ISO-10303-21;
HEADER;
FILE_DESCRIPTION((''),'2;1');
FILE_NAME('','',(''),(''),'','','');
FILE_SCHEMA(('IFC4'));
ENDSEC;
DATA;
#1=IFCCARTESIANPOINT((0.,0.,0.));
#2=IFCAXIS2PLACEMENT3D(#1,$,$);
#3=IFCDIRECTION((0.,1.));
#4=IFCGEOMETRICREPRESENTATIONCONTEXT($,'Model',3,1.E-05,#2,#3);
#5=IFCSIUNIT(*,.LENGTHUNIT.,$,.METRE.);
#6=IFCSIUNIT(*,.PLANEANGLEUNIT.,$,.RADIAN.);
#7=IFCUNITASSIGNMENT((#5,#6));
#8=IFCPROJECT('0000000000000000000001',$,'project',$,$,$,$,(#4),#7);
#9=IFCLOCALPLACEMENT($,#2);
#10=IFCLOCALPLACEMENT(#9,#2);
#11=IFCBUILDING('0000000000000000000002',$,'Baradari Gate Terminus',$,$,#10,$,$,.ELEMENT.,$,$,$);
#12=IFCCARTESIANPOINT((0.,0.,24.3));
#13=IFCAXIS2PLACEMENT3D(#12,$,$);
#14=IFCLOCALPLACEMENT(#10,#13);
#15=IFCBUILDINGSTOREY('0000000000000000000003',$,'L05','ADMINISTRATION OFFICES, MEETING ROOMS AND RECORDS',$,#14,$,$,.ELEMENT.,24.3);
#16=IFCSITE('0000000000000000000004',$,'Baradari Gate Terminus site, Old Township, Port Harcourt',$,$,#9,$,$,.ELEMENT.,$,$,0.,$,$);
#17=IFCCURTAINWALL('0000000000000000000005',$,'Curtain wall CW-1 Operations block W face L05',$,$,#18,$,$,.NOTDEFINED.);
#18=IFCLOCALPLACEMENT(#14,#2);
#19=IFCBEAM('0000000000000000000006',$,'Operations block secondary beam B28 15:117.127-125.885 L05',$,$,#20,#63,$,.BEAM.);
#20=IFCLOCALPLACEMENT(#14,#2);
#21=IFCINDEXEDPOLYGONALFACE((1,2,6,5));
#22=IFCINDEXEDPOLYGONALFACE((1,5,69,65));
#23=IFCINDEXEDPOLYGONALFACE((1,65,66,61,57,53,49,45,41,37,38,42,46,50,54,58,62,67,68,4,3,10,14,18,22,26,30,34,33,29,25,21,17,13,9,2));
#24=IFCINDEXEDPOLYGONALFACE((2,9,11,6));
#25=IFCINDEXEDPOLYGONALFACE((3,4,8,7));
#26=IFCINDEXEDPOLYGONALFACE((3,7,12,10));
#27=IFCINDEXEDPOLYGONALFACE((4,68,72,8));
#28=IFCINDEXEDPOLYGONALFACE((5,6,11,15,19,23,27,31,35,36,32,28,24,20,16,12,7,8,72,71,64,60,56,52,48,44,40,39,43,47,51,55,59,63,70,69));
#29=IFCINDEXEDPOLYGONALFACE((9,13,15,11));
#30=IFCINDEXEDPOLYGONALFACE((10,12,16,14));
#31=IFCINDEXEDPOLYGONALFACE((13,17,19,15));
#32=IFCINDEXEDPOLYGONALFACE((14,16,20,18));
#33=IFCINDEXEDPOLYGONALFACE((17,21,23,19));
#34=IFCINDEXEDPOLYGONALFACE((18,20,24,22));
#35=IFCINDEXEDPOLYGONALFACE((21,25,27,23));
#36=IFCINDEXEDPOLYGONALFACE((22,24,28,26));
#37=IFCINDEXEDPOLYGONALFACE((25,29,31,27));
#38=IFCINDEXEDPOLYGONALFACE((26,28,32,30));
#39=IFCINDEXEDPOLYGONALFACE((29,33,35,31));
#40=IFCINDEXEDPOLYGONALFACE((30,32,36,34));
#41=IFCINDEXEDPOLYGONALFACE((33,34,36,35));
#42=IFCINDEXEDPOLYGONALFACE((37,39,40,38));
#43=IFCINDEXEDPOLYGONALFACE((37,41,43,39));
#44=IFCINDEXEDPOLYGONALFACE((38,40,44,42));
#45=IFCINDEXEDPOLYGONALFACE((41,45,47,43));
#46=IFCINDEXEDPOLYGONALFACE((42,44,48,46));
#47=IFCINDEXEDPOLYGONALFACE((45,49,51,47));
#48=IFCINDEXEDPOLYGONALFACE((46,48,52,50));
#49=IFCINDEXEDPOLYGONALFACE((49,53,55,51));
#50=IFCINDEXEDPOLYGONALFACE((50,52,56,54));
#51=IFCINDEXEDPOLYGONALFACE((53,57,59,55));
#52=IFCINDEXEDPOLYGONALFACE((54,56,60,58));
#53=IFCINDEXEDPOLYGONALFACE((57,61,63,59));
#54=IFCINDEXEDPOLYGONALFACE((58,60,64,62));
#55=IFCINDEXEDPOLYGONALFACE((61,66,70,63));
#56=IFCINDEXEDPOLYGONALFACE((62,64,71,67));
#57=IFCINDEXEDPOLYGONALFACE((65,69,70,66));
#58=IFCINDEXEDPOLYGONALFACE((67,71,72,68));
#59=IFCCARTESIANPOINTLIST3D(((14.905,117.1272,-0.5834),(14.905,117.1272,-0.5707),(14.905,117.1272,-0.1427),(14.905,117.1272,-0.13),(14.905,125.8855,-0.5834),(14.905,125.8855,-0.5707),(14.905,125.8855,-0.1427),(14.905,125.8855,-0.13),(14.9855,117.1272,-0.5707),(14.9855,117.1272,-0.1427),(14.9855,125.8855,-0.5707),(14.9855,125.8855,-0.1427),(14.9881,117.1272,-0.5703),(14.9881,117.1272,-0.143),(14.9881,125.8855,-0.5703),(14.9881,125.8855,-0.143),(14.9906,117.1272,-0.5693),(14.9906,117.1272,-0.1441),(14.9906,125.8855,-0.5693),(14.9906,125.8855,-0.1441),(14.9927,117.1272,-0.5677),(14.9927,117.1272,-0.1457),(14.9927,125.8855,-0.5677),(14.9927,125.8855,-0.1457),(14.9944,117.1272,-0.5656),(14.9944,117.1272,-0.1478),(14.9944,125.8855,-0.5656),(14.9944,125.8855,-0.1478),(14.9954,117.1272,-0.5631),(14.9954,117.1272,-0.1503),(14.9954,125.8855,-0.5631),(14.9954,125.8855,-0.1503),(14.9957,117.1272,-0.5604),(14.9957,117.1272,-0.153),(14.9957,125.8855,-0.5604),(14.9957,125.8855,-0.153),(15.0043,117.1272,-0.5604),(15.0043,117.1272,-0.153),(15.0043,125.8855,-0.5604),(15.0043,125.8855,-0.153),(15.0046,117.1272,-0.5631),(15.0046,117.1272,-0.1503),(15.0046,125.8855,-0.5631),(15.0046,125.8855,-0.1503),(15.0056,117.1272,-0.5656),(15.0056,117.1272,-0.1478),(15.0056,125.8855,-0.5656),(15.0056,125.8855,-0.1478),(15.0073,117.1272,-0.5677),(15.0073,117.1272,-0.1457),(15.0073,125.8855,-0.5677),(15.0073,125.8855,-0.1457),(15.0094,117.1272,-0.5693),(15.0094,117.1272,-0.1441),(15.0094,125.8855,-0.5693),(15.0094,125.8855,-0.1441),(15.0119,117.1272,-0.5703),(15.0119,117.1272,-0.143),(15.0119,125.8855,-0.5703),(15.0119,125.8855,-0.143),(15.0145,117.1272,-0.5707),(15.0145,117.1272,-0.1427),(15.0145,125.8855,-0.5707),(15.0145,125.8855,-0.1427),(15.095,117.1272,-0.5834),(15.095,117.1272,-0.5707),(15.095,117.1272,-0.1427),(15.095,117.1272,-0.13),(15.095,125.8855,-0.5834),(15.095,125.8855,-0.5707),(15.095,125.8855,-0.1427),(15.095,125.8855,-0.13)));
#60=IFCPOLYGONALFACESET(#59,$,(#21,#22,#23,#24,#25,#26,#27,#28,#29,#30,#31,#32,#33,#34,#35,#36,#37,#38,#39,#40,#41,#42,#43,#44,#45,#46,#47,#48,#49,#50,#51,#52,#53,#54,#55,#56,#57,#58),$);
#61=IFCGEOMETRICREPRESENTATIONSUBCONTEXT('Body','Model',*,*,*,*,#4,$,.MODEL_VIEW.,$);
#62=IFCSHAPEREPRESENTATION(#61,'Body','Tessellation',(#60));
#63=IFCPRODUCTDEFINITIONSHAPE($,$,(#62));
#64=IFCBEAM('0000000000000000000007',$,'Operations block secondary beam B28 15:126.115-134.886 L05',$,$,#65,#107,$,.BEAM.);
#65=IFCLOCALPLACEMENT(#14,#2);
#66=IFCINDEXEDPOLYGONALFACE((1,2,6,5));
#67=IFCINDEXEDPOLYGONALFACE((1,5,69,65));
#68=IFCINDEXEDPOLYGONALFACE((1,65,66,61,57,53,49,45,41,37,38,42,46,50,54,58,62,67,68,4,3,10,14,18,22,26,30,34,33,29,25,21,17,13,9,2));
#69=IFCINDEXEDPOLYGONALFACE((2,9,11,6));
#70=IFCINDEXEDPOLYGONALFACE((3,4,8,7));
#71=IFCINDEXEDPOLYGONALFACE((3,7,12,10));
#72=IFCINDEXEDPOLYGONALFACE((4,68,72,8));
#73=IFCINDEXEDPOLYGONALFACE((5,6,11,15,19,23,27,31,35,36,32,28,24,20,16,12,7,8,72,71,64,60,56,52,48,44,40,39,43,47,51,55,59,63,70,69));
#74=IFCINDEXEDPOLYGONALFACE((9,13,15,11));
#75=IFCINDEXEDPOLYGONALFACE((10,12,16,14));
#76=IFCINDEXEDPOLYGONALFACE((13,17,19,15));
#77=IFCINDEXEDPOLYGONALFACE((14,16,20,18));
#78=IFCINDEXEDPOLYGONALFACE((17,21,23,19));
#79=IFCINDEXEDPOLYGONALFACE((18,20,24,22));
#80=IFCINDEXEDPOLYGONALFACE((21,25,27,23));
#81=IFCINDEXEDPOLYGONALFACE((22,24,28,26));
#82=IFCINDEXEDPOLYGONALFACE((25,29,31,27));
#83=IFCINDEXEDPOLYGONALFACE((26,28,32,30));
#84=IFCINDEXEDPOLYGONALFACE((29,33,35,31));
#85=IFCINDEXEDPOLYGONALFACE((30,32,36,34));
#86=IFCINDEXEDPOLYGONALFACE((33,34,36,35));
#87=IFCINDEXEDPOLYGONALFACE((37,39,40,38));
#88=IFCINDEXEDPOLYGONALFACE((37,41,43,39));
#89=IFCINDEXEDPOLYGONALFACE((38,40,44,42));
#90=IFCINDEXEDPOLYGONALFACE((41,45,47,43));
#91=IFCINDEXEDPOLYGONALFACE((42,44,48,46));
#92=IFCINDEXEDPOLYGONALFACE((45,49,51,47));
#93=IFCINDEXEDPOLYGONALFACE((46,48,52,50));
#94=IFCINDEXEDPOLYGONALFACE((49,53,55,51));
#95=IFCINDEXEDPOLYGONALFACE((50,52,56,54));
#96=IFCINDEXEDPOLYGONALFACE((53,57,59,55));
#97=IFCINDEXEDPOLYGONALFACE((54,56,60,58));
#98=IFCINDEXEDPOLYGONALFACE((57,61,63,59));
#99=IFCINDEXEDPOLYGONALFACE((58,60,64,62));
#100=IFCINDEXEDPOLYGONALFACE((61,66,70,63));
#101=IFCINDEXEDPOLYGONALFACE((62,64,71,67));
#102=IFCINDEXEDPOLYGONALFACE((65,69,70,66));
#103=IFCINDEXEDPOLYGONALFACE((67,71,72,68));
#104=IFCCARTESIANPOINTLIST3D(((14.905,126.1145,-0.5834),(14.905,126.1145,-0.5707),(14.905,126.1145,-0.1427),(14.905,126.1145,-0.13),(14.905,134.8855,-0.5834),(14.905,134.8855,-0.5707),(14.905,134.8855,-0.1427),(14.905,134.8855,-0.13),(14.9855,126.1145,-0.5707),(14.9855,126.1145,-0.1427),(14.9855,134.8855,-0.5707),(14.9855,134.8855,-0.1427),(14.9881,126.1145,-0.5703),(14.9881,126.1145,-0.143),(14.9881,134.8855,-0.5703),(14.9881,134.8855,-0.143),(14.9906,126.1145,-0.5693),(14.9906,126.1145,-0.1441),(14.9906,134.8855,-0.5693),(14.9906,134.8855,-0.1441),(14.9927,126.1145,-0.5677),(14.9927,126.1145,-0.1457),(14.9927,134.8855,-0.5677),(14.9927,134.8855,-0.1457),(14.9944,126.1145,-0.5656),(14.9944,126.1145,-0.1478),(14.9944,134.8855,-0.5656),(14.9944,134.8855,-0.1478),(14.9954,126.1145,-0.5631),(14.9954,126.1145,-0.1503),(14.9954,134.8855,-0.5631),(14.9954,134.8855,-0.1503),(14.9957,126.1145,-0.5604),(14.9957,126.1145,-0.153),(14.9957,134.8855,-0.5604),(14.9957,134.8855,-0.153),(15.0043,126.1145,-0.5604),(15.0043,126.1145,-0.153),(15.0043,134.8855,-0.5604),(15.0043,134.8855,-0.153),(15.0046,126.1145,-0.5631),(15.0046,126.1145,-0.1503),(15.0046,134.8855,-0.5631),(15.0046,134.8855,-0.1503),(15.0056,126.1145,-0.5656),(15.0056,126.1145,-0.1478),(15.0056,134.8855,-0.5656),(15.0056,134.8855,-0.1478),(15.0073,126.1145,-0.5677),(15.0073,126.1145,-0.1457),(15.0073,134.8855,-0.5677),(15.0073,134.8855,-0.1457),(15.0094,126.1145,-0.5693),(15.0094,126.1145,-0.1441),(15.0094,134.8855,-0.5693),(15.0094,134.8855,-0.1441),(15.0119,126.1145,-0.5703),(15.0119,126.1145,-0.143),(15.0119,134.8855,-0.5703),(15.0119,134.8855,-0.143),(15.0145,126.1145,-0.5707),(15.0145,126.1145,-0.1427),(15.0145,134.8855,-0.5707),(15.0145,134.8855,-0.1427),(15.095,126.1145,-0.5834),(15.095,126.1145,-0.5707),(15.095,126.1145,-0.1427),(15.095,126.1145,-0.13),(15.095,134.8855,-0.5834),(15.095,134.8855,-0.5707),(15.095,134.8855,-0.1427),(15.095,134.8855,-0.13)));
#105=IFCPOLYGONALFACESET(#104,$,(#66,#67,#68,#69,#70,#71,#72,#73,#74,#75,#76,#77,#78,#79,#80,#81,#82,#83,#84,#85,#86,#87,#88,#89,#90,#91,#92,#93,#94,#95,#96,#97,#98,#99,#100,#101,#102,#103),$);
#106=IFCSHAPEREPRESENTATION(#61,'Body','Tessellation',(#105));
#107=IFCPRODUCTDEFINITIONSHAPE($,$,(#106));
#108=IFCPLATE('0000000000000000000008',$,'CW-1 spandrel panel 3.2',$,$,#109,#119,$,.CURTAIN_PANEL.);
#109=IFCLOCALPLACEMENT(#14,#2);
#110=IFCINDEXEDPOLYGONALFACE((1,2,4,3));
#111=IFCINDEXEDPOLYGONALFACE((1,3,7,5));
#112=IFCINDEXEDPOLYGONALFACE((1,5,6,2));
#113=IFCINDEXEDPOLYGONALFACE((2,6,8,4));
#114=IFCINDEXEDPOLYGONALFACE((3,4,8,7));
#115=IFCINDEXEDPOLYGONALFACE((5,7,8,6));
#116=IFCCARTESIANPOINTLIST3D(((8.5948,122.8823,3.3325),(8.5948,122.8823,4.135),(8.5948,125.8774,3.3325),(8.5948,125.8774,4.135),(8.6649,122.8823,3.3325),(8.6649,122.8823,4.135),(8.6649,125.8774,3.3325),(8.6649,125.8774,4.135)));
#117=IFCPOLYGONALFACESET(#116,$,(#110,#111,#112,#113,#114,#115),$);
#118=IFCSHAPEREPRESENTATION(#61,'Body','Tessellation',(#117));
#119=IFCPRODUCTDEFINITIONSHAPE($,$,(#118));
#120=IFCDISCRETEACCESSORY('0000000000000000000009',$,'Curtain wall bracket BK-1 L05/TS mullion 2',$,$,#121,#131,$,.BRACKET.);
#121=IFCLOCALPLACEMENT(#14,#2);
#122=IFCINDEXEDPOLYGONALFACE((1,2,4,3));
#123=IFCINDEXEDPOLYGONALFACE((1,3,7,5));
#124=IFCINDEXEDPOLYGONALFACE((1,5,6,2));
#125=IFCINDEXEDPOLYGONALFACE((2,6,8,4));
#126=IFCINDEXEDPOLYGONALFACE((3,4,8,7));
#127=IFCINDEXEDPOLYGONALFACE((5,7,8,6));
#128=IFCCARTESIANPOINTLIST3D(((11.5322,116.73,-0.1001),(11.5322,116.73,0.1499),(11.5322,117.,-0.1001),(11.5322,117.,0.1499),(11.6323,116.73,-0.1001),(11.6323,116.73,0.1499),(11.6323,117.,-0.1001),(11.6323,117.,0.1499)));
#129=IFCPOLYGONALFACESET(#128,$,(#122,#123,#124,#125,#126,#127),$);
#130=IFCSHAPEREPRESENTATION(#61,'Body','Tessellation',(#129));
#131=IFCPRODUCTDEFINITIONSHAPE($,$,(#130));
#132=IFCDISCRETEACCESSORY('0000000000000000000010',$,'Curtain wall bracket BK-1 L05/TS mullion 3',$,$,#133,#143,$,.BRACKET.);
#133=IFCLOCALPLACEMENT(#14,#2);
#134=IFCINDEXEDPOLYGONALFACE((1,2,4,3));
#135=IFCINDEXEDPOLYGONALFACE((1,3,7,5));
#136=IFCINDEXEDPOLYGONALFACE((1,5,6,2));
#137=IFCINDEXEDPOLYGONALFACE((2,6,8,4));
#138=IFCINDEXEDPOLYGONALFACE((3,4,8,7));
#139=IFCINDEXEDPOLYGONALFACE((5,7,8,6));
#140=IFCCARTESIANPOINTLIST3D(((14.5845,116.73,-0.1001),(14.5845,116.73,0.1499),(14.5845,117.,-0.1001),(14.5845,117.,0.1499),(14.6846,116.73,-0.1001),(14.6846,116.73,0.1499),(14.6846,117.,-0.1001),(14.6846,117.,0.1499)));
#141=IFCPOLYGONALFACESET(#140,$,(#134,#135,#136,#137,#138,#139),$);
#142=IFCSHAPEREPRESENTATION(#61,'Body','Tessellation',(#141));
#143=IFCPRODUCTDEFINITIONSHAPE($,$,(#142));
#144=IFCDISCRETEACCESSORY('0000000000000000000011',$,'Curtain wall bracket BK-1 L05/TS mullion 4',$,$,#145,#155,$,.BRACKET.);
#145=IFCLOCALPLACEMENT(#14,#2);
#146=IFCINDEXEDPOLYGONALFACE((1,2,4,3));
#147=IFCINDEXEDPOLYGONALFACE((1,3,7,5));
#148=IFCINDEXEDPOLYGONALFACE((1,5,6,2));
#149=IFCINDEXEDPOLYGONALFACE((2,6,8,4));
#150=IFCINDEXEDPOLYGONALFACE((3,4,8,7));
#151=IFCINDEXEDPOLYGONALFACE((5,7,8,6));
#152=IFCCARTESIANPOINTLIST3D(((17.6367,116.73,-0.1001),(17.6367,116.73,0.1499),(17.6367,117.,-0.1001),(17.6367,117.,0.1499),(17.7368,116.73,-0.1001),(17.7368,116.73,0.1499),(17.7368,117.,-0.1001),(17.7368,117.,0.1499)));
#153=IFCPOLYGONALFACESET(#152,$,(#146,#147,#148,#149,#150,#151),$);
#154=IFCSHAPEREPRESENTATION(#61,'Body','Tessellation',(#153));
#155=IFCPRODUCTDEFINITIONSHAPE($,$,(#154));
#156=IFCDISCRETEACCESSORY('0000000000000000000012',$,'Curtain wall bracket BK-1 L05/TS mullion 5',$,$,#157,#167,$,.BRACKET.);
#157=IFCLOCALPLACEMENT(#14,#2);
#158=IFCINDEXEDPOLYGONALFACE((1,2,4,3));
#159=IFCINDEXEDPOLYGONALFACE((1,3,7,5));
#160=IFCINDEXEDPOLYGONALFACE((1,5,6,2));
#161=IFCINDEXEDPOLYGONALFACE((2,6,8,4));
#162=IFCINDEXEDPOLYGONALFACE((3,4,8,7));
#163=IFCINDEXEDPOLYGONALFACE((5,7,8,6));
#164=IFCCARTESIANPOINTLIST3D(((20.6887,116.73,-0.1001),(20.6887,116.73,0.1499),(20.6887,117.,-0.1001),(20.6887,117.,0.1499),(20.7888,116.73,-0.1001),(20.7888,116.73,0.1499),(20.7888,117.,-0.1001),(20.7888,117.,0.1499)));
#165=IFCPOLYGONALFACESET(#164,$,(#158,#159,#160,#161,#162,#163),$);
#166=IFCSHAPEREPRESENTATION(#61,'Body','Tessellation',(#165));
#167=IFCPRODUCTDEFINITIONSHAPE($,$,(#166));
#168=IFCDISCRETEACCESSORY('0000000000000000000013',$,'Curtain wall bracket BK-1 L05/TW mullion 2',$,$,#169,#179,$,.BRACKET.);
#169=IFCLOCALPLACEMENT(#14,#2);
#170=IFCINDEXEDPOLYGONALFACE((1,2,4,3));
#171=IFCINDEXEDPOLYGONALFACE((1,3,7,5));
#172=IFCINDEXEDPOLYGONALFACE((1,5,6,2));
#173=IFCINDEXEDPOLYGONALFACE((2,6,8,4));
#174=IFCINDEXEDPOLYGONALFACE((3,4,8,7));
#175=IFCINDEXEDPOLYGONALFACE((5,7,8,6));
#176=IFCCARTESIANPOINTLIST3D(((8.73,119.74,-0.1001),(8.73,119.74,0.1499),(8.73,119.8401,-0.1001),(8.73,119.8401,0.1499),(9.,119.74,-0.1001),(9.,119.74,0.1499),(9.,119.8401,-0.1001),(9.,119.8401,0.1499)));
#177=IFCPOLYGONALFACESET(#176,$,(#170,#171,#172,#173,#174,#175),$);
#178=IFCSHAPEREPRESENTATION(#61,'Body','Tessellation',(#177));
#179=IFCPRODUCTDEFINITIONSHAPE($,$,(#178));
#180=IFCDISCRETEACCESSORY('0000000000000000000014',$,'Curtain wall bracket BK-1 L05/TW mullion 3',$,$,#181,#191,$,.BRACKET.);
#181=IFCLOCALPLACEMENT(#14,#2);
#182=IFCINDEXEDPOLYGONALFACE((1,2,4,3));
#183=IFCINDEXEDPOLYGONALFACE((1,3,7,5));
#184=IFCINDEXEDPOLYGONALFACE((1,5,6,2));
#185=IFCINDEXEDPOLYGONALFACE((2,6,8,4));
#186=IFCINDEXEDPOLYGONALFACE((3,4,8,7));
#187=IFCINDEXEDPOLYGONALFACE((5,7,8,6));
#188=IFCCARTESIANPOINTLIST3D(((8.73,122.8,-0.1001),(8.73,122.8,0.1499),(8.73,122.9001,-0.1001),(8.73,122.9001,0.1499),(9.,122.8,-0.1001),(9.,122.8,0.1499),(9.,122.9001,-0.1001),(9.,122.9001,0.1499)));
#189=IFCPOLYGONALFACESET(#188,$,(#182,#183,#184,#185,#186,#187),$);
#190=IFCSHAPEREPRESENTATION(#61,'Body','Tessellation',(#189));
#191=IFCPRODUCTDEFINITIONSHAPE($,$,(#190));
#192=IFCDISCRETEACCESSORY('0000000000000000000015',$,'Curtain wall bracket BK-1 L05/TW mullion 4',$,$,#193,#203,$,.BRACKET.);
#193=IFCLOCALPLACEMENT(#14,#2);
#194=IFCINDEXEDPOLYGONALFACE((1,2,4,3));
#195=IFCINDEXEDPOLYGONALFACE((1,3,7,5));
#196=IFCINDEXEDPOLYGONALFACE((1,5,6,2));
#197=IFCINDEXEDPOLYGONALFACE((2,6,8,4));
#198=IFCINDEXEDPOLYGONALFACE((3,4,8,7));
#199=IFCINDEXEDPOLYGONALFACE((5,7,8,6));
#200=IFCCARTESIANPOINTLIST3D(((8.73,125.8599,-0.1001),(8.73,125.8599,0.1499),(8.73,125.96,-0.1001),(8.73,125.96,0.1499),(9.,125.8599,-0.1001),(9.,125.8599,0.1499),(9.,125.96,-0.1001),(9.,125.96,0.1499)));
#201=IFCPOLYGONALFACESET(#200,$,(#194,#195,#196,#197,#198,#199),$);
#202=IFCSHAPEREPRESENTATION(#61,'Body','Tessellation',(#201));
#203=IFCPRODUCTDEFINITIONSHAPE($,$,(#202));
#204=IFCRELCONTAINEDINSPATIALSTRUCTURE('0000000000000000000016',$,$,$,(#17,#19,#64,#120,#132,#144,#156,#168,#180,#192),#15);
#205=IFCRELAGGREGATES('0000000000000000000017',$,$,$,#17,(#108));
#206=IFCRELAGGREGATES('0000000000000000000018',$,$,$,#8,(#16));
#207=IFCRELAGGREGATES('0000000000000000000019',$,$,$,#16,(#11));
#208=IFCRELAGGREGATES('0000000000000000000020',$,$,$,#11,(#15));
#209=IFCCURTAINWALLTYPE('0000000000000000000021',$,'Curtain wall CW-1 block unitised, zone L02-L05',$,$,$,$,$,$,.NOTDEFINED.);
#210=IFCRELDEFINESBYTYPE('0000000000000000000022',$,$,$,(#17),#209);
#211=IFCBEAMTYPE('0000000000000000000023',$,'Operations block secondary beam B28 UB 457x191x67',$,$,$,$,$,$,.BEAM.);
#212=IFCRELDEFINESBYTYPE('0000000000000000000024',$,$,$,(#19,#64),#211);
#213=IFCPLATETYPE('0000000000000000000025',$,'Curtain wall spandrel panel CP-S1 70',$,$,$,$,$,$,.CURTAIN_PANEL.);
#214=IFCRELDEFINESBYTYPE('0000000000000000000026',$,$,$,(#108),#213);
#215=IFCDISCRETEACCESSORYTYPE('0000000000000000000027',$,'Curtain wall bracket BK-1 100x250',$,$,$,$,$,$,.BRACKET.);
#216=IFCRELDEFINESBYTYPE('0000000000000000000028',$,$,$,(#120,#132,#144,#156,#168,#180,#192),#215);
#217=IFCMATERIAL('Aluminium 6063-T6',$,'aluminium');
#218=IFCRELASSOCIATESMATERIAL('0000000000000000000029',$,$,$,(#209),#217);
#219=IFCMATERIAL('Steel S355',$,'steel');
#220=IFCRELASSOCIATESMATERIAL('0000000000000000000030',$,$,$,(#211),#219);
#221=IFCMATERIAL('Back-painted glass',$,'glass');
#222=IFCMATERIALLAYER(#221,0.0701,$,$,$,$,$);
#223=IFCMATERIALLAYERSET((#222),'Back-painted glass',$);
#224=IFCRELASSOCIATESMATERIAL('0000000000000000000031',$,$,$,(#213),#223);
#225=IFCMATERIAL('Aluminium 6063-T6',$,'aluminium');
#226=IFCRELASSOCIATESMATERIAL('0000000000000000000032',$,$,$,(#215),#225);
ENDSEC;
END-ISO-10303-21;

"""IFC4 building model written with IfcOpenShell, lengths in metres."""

from ifc_helpers import new_model, si_unit, direction, frame, origin, origin_2d, place, context, subcontext, project, spatial, rectangle, i_section, extrude, material, layer, layer_set, material_profile, profile_set, type_object, element, aggregate, save


model = new_model("IFC4")

# Units and contexts
model_context = context("Model", 3, precision=1e-05, world=origin(), true_north=direction((0.0, 1.0)))
body_context = subcontext(model_context, "Body", "Model", "MODEL_VIEW")
ifc_project = project(units=[si_unit("LENGTHUNIT", "METRE"), si_unit("PLANEANGLEUNIT", "RADIAN")], contexts=[model_context])

# Site, building, storey
site_placement = place(None, origin())
site = spatial("IfcSite", under=ifc_project, at=site_placement, Name="Baradari Gate Terminus site, Old Township, Port Harcourt", CompositionType="ELEMENT", RefElevation=0.0)
building_placement = place(site_placement, origin())
building = spatial("IfcBuilding", under=site, at=building_placement, Name="Baradari Gate Terminus", CompositionType="ELEMENT")
storey_placement = place(building_placement, frame((0.0, 0.0, 24.3)))
storey = spatial("IfcBuildingStorey", under=building, at=storey_placement, Name="L05", Description="ADMINISTRATION OFFICES, MEETING ROOMS AND RECORDS", CompositionType="ELEMENT", Elevation=24.3)

# Curtain wall
ifc_material_1 = material(Name="Aluminium 6063-T6", Category="aluminium")
curtain_wall_type = type_object("IfcCurtainWallType", Name="Curtain wall CW-1 block unitised, zone L02-L05", PredefinedType="NOTDEFINED", material=ifc_material_1)
curtain_wall_1_placement = place(storey_placement, origin())
curtain_wall_1 = element("IfcCurtainWall", 1, at=curtain_wall_1_placement, inside=storey, type_object=curtain_wall_type, Name="Curtain wall CW-1 Operations block W face L05", PredefinedType="NOTDEFINED")

# Beams
ifc_material_2 = material(Name="Steel S355", Category="steel")
ifc_material_profile_1 = material_profile(ifc_material_2, i_section(OverallWidth=0.1899, OverallDepth=0.4534, WebThickness=0.0085, FlangeThickness=0.0127, FilletRadius=0.0103, at=origin_2d()), Name="UB 457x191x67")
ifc_profile_set_1 = profile_set([ifc_material_profile_1], Name="Steel S355")
beam_type_1 = type_object("IfcBeamType", Name="Operations block secondary beam B28 UB 457x191x67", PredefinedType="BEAM", material=ifc_profile_set_1)
beam_1_placement = place(storey_placement, frame((15.0, 117.1272, -0.3567), z_axis=(0.0, 1.0, 0.0), x_axis=(-1.0, 0.0, 0.0)))
element("IfcBeam", 2, at=beam_1_placement, inside=storey, type_object=beam_type_1, Name="Operations block secondary beam B28 15:117.127-125.885 L05", PredefinedType="BEAM", context=body_context, shape_type="SweptSolid", body=[
    extrude(i_section(OverallWidth=0.1899, OverallDepth=0.4534, WebThickness=0.0085, FlangeThickness=0.0127, FilletRadius=0.0103, at=origin_2d()), origin(), (0.0, 0.0, 1.0), 8.7583),
])
beam_2_placement = place(storey_placement, frame((15.0, 126.1145, -0.3567), z_axis=(0.0, 1.0, 0.0), x_axis=(-1.0, 0.0, 0.0)))
element("IfcBeam", 3, at=beam_2_placement, inside=storey, type_object=beam_type_1, Name="Operations block secondary beam B28 15:126.115-134.886 L05", PredefinedType="BEAM", context=body_context, shape_type="SweptSolid", body=[
    extrude(i_section(OverallWidth=0.1899, OverallDepth=0.4534, WebThickness=0.0085, FlangeThickness=0.0127, FilletRadius=0.0103, at=origin_2d()), origin(), (0.0, 0.0, 1.0), 8.771),
])

# Plate
ifc_material_3 = material(Name="Back-painted glass", Category="glass")
ifc_layer = layer(ifc_material_3, 0.0701)
ifc_layer_set = layer_set([ifc_layer], Name="Back-painted glass")
plate_type = type_object("IfcPlateType", Name="Curtain wall spandrel panel CP-S1 70", PredefinedType="CURTAIN_PANEL", material=ifc_layer_set)
plate_placement = place(storey_placement, frame((8.6299, 124.3799, 3.3325), z_axis=(0.0, 0.0, 1.0), x_axis=(0.0, 1.0, 0.0)))
plate = element("IfcPlate", 4, at=plate_placement, type_object=plate_type, Name="CW-1 spandrel panel 3.2", PredefinedType="CURTAIN_PANEL", context=body_context, shape_type="SweptSolid", body=[
    extrude(rectangle(XDim=2.9951, YDim=0.0701, at=origin_2d()), origin(), (0.0, 0.0, 1.0), 0.8025),
])
aggregate(curtain_wall_1, [plate])

# Discrete accessories
ifc_material_4 = material(Name="Aluminium 6063-T6", Category="aluminium")
discrete_accessory_type = type_object("IfcDiscreteAccessoryType", Name="Curtain wall bracket BK-1 100x250", PredefinedType="BRACKET", material=ifc_material_4)
for number, where, z_axis, x_axis, name in (
    (5, (11.5823, 116.865, -0.1001), (0.0, 0.0, 1.0), (0.0, -1.0, 0.0), "Curtain wall bracket BK-1 L05/TS mullion 2"),
    (6, (14.6345, 116.865, -0.1001), (0.0, 0.0, 1.0), (0.0, -1.0, 0.0), "Curtain wall bracket BK-1 L05/TS mullion 3"),
    (7, (17.6868, 116.865, -0.1001), (0.0, 0.0, 1.0), (0.0, -1.0, 0.0), "Curtain wall bracket BK-1 L05/TS mullion 4"),
    (8, (20.7388, 116.865, -0.1001), (0.0, 0.0, 1.0), (0.0, -1.0, 0.0), "Curtain wall bracket BK-1 L05/TS mullion 5"),
    (9, (8.865, 119.79, -0.1001), (0.0, 0.0, 1.0), (-1.0, 0.0, 0.0), "Curtain wall bracket BK-1 L05/TW mullion 2"),
    (10, (8.865, 122.8501, -0.1001), (0.0, 0.0, 1.0), (-1.0, 0.0, 0.0), "Curtain wall bracket BK-1 L05/TW mullion 3"),
    (11, (8.865, 125.9099, -0.1001), (0.0, 0.0, 1.0), (-1.0, 0.0, 0.0), "Curtain wall bracket BK-1 L05/TW mullion 4"),
):
    element("IfcDiscreteAccessory", number, at=place(storey_placement, frame(where, z_axis=z_axis, x_axis=x_axis)), inside=storey, type_object=discrete_accessory_type, Name=name, PredefinedType="BRACKET", context=body_context, shape_type="SweptSolid", body=[
        extrude(rectangle(XDim=0.27, YDim=0.1001, at=origin_2d()), origin(), (0.0, 0.0, 1.0), 0.25),
    ])

save(model, "model.ifc")
